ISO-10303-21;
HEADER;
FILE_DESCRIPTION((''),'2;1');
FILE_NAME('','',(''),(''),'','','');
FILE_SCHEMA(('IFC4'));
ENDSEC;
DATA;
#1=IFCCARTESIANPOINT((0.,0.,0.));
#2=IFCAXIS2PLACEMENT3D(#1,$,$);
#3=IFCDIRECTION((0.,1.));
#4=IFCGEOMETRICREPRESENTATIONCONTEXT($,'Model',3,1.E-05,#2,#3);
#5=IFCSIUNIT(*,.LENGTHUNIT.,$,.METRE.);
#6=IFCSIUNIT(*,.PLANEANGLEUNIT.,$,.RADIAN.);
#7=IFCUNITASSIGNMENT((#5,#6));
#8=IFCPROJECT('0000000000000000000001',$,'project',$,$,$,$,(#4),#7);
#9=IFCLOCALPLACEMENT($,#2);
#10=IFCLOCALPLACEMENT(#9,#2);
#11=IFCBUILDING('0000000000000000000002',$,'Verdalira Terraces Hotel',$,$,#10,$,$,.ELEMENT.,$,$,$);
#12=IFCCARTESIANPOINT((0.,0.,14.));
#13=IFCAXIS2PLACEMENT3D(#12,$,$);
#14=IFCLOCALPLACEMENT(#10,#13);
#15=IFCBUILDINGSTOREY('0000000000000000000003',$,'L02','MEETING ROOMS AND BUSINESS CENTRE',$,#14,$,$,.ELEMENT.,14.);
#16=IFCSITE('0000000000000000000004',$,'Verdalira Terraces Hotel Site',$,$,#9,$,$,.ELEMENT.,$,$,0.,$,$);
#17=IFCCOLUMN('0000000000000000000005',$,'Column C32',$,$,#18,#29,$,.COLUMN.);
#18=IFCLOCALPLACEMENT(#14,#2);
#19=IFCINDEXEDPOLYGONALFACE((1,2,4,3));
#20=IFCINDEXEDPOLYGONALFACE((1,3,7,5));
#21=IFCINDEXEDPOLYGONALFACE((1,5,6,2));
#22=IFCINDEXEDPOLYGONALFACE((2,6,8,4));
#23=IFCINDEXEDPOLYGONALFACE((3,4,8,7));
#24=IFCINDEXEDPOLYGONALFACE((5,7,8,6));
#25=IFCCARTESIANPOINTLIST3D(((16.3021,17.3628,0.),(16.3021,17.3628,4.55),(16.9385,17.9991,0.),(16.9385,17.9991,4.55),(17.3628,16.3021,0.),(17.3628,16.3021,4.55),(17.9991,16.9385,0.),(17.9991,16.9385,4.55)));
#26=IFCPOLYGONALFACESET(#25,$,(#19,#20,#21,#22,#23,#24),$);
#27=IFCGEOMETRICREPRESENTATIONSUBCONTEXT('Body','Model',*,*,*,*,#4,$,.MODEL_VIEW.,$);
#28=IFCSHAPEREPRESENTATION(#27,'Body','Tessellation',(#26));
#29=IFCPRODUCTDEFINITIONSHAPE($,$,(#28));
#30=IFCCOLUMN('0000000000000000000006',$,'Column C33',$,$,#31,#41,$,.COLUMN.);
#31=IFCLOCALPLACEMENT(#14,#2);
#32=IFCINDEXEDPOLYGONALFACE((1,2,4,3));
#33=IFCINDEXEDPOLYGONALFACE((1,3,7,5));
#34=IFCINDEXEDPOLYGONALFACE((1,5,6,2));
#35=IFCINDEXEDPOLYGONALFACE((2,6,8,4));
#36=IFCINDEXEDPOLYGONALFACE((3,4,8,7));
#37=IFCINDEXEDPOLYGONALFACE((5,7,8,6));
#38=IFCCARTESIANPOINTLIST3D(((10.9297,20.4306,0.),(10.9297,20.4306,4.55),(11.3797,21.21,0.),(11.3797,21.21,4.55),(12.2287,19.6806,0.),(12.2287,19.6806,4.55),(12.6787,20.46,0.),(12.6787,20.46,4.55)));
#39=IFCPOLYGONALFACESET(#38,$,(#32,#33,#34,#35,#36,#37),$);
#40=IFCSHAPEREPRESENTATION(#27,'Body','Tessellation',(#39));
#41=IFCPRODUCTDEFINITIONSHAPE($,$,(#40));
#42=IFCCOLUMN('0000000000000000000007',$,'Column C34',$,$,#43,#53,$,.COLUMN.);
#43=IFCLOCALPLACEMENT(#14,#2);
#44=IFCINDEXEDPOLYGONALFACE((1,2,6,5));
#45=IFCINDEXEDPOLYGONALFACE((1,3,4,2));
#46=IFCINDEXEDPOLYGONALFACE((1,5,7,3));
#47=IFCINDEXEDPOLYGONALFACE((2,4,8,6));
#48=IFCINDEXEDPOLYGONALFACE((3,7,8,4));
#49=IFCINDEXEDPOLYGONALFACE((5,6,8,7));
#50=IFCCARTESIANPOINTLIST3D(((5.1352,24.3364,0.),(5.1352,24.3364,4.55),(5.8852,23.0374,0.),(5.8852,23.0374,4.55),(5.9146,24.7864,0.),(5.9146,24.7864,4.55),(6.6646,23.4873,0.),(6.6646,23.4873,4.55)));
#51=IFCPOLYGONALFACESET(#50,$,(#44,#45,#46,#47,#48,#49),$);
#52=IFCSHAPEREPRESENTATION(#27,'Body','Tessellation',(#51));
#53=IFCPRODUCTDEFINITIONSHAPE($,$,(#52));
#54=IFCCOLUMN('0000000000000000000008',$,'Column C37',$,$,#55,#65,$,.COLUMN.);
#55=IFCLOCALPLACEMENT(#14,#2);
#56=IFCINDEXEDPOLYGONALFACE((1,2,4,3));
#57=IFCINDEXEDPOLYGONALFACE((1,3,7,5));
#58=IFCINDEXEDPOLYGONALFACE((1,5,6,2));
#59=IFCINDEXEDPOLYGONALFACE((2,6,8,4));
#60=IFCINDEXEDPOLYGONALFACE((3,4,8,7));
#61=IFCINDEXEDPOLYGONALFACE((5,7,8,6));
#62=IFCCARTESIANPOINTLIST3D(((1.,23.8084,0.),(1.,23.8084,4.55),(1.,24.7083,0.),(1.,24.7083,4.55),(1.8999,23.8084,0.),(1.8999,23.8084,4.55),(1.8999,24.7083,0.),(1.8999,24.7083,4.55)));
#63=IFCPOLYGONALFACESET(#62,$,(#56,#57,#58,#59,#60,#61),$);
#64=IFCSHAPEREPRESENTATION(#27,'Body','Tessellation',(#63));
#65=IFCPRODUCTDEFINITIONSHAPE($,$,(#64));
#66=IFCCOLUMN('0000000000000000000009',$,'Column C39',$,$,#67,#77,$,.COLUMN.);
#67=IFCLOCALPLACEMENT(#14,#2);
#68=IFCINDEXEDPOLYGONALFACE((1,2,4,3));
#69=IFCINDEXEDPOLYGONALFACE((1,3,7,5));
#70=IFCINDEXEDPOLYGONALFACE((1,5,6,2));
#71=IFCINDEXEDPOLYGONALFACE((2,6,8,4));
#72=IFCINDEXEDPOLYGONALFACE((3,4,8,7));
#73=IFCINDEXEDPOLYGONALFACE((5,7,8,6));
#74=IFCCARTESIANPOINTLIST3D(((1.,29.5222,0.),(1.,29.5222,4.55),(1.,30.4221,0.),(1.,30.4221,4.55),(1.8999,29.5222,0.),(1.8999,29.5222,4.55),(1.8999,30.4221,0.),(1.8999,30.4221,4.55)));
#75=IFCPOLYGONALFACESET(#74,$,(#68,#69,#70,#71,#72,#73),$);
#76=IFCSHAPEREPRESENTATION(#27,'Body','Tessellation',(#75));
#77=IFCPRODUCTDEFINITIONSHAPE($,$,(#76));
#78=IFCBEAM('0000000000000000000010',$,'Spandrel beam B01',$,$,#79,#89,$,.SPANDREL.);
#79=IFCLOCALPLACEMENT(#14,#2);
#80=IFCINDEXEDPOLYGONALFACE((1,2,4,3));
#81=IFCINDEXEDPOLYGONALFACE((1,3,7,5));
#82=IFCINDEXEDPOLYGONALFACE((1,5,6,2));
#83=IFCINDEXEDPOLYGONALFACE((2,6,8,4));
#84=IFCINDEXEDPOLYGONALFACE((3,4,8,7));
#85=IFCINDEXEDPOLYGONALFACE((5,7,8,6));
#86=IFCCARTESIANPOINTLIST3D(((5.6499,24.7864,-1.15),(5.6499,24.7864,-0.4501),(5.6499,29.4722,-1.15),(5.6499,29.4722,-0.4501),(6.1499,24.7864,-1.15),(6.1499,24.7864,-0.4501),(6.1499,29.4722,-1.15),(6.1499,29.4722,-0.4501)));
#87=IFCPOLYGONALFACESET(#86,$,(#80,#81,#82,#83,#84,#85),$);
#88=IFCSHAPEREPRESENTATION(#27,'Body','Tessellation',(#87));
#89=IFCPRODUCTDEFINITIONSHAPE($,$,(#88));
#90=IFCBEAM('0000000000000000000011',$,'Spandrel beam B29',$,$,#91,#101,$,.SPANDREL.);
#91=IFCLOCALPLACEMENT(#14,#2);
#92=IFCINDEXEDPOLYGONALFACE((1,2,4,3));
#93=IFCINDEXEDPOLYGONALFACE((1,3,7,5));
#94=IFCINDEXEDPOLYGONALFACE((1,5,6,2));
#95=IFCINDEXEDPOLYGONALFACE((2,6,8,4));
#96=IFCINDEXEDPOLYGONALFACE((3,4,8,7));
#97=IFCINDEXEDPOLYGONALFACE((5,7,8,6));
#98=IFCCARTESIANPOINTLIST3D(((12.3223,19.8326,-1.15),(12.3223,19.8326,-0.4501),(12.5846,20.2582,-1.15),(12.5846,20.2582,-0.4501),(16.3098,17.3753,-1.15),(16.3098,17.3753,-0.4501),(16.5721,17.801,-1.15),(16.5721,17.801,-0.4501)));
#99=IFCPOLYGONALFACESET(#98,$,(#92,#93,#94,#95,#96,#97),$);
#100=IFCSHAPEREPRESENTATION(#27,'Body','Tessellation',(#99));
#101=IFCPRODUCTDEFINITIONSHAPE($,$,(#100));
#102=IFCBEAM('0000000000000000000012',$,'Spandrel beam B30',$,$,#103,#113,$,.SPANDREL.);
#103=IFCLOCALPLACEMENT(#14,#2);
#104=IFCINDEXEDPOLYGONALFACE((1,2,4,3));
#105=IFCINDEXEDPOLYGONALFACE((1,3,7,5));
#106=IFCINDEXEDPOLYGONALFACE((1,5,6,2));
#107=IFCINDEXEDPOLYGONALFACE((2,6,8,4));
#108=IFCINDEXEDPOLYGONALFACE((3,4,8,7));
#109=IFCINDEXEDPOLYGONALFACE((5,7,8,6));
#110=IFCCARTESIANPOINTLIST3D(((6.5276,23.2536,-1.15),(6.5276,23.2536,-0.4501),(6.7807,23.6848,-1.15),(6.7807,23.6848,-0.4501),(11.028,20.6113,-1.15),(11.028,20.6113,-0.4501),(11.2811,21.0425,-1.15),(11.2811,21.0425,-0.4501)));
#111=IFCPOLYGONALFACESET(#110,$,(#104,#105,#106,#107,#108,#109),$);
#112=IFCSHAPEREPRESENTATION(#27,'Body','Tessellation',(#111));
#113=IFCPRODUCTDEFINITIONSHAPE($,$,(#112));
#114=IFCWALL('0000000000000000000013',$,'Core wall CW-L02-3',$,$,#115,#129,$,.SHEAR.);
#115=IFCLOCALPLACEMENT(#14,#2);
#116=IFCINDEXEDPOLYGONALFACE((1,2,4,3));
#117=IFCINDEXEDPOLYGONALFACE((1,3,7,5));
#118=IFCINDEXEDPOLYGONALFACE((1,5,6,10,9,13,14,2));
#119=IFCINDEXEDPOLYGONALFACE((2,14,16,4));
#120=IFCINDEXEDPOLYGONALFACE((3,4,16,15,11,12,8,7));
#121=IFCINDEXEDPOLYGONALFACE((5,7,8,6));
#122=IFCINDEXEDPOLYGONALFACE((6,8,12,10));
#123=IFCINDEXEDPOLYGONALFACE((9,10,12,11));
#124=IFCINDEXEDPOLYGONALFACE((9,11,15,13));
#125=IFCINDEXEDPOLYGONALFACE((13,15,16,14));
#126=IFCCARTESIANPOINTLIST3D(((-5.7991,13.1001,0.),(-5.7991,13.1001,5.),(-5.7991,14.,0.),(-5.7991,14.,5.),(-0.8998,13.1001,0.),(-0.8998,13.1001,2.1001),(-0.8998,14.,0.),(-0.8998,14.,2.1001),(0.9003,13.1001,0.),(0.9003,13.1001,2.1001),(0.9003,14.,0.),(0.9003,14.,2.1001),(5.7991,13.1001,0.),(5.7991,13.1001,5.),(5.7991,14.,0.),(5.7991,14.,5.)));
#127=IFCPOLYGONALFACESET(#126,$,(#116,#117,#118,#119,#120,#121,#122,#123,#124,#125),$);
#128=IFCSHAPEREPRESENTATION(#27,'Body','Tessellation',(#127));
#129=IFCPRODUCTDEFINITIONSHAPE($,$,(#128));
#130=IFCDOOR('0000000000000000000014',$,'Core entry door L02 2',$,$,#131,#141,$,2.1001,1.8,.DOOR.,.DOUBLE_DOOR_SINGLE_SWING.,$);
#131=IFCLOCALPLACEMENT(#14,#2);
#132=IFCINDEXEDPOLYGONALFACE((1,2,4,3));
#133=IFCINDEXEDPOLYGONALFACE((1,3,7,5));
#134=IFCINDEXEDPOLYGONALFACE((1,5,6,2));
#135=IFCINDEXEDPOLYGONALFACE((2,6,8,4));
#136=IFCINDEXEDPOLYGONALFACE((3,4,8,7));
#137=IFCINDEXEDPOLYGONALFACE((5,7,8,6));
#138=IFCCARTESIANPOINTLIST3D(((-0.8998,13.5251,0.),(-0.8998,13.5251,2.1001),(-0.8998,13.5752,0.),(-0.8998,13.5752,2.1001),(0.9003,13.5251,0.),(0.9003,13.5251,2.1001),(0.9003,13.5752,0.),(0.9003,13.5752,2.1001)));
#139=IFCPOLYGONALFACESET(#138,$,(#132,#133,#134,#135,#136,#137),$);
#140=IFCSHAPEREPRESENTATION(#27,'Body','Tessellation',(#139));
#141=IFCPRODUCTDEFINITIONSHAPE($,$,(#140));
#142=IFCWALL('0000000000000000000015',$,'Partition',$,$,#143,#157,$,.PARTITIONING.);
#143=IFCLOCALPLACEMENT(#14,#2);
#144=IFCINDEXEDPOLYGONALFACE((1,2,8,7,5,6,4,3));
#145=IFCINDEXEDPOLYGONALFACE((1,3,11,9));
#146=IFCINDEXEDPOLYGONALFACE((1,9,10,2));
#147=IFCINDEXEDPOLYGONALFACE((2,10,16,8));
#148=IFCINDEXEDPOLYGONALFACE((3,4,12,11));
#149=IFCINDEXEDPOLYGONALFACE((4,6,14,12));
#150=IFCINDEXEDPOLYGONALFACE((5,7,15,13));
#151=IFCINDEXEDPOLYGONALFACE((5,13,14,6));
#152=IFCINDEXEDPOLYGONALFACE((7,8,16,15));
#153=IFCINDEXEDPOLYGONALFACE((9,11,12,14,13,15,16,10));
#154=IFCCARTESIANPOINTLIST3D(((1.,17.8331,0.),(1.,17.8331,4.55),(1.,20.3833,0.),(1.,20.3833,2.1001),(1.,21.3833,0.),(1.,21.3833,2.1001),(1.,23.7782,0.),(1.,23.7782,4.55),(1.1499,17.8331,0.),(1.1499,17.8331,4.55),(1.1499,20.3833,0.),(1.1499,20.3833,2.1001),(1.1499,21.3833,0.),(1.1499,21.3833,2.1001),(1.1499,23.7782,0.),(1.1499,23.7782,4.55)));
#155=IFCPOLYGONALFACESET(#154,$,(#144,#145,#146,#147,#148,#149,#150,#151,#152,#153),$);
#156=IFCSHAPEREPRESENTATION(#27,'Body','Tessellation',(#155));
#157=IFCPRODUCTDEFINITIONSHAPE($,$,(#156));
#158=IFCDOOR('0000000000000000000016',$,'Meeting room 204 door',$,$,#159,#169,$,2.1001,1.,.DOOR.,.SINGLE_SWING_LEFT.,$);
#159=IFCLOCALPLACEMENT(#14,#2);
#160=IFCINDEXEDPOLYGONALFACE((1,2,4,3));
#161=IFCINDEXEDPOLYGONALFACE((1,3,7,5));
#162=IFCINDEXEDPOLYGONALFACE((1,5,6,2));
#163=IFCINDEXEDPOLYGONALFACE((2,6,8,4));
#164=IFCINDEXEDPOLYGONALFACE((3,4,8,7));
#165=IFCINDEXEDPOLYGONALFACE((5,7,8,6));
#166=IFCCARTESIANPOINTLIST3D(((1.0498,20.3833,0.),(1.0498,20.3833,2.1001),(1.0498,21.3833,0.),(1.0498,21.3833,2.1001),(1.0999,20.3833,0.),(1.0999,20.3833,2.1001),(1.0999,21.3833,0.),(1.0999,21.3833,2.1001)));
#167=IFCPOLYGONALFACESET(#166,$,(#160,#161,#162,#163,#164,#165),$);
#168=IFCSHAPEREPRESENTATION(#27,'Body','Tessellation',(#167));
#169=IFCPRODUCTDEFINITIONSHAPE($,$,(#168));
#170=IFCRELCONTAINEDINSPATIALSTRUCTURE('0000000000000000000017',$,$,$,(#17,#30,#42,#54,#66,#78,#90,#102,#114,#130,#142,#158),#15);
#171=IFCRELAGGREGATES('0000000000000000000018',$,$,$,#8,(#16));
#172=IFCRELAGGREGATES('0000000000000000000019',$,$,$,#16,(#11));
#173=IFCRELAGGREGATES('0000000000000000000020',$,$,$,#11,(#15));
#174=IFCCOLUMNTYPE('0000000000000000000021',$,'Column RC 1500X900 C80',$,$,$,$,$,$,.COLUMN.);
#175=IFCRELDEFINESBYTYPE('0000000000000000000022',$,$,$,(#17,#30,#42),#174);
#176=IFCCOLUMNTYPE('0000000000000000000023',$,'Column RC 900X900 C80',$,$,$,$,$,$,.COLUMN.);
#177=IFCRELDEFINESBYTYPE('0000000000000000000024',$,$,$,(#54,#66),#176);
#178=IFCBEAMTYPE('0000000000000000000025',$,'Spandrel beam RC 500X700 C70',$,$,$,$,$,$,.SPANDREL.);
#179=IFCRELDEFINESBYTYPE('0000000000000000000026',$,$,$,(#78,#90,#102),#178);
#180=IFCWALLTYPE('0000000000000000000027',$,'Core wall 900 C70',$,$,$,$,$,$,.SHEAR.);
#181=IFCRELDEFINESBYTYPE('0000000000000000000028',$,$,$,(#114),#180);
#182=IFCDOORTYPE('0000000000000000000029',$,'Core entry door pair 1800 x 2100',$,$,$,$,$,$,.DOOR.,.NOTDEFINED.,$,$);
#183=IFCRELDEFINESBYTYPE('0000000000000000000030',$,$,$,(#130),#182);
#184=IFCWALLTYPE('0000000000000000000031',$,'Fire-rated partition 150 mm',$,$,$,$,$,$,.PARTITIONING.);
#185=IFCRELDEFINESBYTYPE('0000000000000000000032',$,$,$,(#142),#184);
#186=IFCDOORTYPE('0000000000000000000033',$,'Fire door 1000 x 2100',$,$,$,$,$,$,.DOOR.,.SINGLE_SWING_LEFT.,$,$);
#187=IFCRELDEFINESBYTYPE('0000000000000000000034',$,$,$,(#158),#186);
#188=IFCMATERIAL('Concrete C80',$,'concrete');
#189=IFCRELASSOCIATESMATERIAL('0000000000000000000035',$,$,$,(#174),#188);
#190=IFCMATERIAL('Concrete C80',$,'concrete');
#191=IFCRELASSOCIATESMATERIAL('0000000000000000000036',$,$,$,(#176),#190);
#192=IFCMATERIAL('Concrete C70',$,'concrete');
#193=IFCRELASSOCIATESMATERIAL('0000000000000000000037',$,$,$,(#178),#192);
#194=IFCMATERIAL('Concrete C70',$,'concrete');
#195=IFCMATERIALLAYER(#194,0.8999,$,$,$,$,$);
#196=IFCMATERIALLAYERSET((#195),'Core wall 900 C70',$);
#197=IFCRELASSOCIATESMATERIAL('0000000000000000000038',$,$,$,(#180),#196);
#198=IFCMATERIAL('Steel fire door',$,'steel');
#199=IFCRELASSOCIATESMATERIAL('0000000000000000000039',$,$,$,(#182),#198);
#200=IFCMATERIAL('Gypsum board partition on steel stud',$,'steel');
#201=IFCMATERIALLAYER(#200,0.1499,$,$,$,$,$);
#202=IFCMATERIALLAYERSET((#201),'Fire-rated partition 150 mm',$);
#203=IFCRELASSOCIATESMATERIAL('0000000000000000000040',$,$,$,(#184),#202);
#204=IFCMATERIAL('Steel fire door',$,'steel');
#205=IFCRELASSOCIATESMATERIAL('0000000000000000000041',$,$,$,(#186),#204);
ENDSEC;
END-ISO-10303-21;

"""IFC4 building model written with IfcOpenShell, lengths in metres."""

from ifc_helpers import new_model, si_unit, direction, frame, frame_2d, origin, origin_2d, place, context, subcontext, project, spatial, rectangle, extrude, material, layer, layer_set, material_profile, profile_set, type_object, element, fill, save


model = new_model("IFC4")

# Units and contexts
model_context = context("Model", 3, precision=1e-05, world=origin(), true_north=direction((0.0, 1.0)))
body_context = subcontext(model_context, "Body", "Model", "MODEL_VIEW")
ifc_project = project(units=[si_unit("LENGTHUNIT", "METRE"), si_unit("PLANEANGLEUNIT", "RADIAN")], contexts=[model_context])

# Site, building, storey
site_placement = place(None, origin())
site = spatial("IfcSite", under=ifc_project, at=site_placement, Name="Verdalira Terraces Hotel Site", CompositionType="ELEMENT", RefElevation=0.0)
building_placement = place(site_placement, origin())
building = spatial("IfcBuilding", under=site, at=building_placement, Name="Verdalira Terraces Hotel", CompositionType="ELEMENT")
storey_placement = place(building_placement, frame((0.0, 0.0, 14.0)))
storey = spatial("IfcBuildingStorey", under=building, at=storey_placement, Name="L02", Description="MEETING ROOMS AND BUSINESS CENTRE", CompositionType="ELEMENT", Elevation=14.0)

# Columns
ifc_material_1 = material(Name="Concrete C80", Category="concrete")
ifc_material_profile_1 = material_profile(ifc_material_1, rectangle(XDim=1.5, YDim=0.8999, at=origin_2d()), Name="RC 1500X900")
ifc_profile_set_1 = profile_set([ifc_material_profile_1], Name="Concrete C80")
column_type_1 = type_object("IfcColumnType", Name="Column RC 1500X900 C80", PredefinedType="COLUMN", material=ifc_profile_set_1)
for number, where, z_axis, x_axis, name in (
    (1, (17.1506, 17.1506, 0.0), (0.0, 0.0, 1.0), (0.707107, -0.707107, 0.0), "Column C32"),
    (2, (11.8042, 20.4453, 0.0), (0.0, 0.0, 1.0), (-0.866025, 0.5, 0.0), "Column C33"),
    (3, (5.8999, 23.9119, 0.0), (0.0, 0.0, 1.0), (0.5, -0.866025, 0.0), "Column C34"),
):
    element("IfcColumn", number, at=place(storey_placement, frame(where, z_axis=z_axis, x_axis=x_axis)), inside=storey, type_object=column_type_1, Name=name, PredefinedType="COLUMN", context=body_context, shape_type="SweptSolid", body=[
        extrude(rectangle(XDim=1.5, YDim=0.8999, at=origin_2d()), origin(), (0.0, 0.0, 1.0), 4.55),
    ])
ifc_material_2 = material(Name="Concrete C80", Category="concrete")
ifc_material_profile_2 = material_profile(ifc_material_2, rectangle(XDim=0.8999, YDim=0.8999, at=origin_2d()), Name="RC 900X900")
ifc_profile_set_2 = profile_set([ifc_material_profile_2], Name="Concrete C80")
column_type_2 = type_object("IfcColumnType", Name="Column RC 900X900 C80", PredefinedType="COLUMN", material=ifc_profile_set_2)
for number, where, z_axis, x_axis, name in (
    (4, (1.45, 24.2583, 0.0), (0.0, 0.0, 1.0), (0.0, 1.0, 0.0), "Column C37"),
    (5, (1.45, 29.9722, 0.0), (0.0, 0.0, 1.0), (0.0, 1.0, 0.0), "Column C39"),
):
    element("IfcColumn", number, at=place(storey_placement, frame(where, z_axis=z_axis, x_axis=x_axis)), inside=storey, type_object=column_type_2, Name=name, PredefinedType="COLUMN", context=body_context, shape_type="SweptSolid", body=[
        extrude(rectangle(XDim=0.8999, YDim=0.8999, at=origin_2d()), origin(), (0.0, 0.0, 1.0), 4.55),
    ])

# Beams
ifc_material_3 = material(Name="Concrete C70", Category="concrete")
ifc_material_profile_3 = material_profile(ifc_material_3, rectangle(XDim=0.5, YDim=0.7, at=origin_2d()), Name="RC 500X700")
ifc_profile_set_3 = profile_set([ifc_material_profile_3], Name="Concrete C70")
beam_type = type_object("IfcBeamType", Name="Spandrel beam RC 500X700 C70", PredefinedType="SPANDREL", material=ifc_profile_set_3)
beam_1_placement = place(storey_placement, frame((5.8999, 24.7864, -0.8), z_axis=(0.0, 1.0, 0.0), x_axis=(-1.0, 0.0, 0.0)))
element("IfcBeam", 6, at=beam_1_placement, inside=storey, type_object=beam_type, Name="Spandrel beam B01", PredefinedType="SPANDREL", context=body_context, shape_type="SweptSolid", body=[
    extrude(rectangle(XDim=0.5, YDim=0.7, at=origin_2d()), origin(), (0.0, 0.0, 1.0), 4.6858),
])
beam_2_placement = place(storey_placement, frame((16.4409, 17.5881, -0.8), z_axis=(-0.851334, 0.524624, 0.0), x_axis=(-0.524624, -0.851334, 0.0)))
element("IfcBeam", 7, at=beam_2_placement, inside=storey, type_object=beam_type, Name="Spandrel beam B29", PredefinedType="SPANDREL", context=body_context, shape_type="SweptSolid", body=[
    extrude(rectangle(XDim=0.5, YDim=0.7, at=origin_2d()), origin(), (0.0, 0.0, 1.0), 4.6838),
])
beam_3_placement = place(storey_placement, frame((11.1545, 20.8269, -0.8), z_axis=(-0.862354, 0.506306, 0.0), x_axis=(-0.506306, -0.862354, 0.0)))
element("IfcBeam", 8, at=beam_3_placement, inside=storey, type_object=beam_type, Name="Spandrel beam B30", PredefinedType="SPANDREL", context=body_context, shape_type="SweptSolid", body=[
    extrude(rectangle(XDim=0.5, YDim=0.7, at=origin_2d()), origin(), (0.0, 0.0, 1.0), 5.2188),
])

# Walls, openings, doors
ifc_material_4 = material(Name="Concrete C70", Category="concrete")
ifc_layer_1 = layer(ifc_material_4, 0.8999)
ifc_layer_set_1 = layer_set([ifc_layer_1], Name="Core wall 900 C70")
wall_type_1 = type_object("IfcWallType", Name="Core wall 900 C70", PredefinedType="SHEAR", material=ifc_layer_set_1)
wall_1_placement = place(storey_placement, frame((5.7991, 13.55, 0.0), z_axis=(0.0, 0.0, 1.0), x_axis=(-1.0, 0.0, 0.0)))
wall_1 = element("IfcWall", 9, at=wall_1_placement, inside=storey, type_object=wall_type_1, Name="Core wall CW-L02-3", PredefinedType="SHEAR", context=body_context, shape_type="SweptSolid", body=[
    extrude(rectangle(XDim=11.5981, YDim=0.8999, at=frame_2d((5.7991, 0.0))), origin(), (0.0, 0.0, 1.0), 5.0),
])
opening_1_placement = place(wall_1_placement, frame((4.8989, 0.0, 0.0)))
opening_1 = element("IfcOpeningElement", 10, at=opening_1_placement, cuts=wall_1, PredefinedType="OPENING", context=body_context, shape_type="SweptSolid", body=[
    extrude(rectangle(XDim=1.8, YDim=2.1001, at=frame_2d((0.8999, 1.05))), frame((0.0, 0.46, 0.0), z_axis=(0.0, -1.0, 0.0), x_axis=(1.0, 0.0, 0.0)), (0.0, 0.0, 1.0), 0.9199),
])
ifc_material_5 = material(Name="Steel fire door", Category="steel")
door_type_1 = type_object("IfcDoorType", Name="Core entry door pair 1800 x 2100", OperationType="NOTDEFINED", PredefinedType="DOOR", material=ifc_material_5)
door_1_placement = place(opening_1_placement, origin())
door_1 = element("IfcDoor", 11, at=door_1_placement, inside=storey, type_object=door_type_1, Name="Core entry door L02 2", OperationType="DOUBLE_DOOR_SINGLE_SWING", OverallHeight=2.1001, OverallWidth=1.8, PredefinedType="DOOR", context=body_context, shape_type="SweptSolid", body=[
    extrude(rectangle(XDim=1.8, YDim=2.1001, at=frame_2d((0.8999, 1.05))), frame((0.0, 0.0249, 0.0), z_axis=(0.0, -1.0, 0.0), x_axis=(1.0, 0.0, 0.0)), (0.0, 0.0, 1.0), 0.05),
])
fill(opening_1, door_1)
ifc_material_6 = material(Name="Gypsum board partition on steel stud", Category="steel")
ifc_layer_2 = layer(ifc_material_6, 0.1499)
ifc_layer_set_2 = layer_set([ifc_layer_2], Name="Fire-rated partition 150 mm")
wall_type_2 = type_object("IfcWallType", Name="Fire-rated partition 150 mm", PredefinedType="PARTITIONING", material=ifc_layer_set_2)
wall_2_placement = place(storey_placement, frame((1.075, 23.7783, 0.0), z_axis=(0.0, 0.0, 1.0), x_axis=(0.0, -1.0, 0.0)))
wall_2 = element("IfcWall", 12, at=wall_2_placement, inside=storey, type_object=wall_type_2, Name="Partition", PredefinedType="PARTITIONING", context=body_context, shape_type="SweptSolid", body=[
    extrude(rectangle(XDim=5.9451, YDim=0.1499, at=frame_2d((2.9727, 0.0))), origin(), (0.0, 0.0, 1.0), 4.55),
])
opening_2_placement = place(wall_2_placement, frame((2.395, 0.0, 0.0)))
opening_2 = element("IfcOpeningElement", 13, at=opening_2_placement, cuts=wall_2, PredefinedType="OPENING", context=body_context, shape_type="SweptSolid", body=[
    extrude(rectangle(XDim=1.0, YDim=2.1001, at=frame_2d((0.5, 1.05))), frame((0.0, 0.085, 0.0), z_axis=(0.0, -1.0, 0.0), x_axis=(1.0, 0.0, 0.0)), (0.0, 0.0, 1.0), 0.1699),
])
ifc_material_7 = material(Name="Steel fire door", Category="steel")
door_type_2 = type_object("IfcDoorType", Name="Fire door 1000 x 2100", OperationType="SINGLE_SWING_LEFT", PredefinedType="DOOR", material=ifc_material_7)
door_2_placement = place(opening_2_placement, origin())
door_2 = element("IfcDoor", 14, at=door_2_placement, inside=storey, type_object=door_type_2, Name="Meeting room 204 door", OperationType="SINGLE_SWING_LEFT", OverallHeight=2.1001, OverallWidth=1.0, PredefinedType="DOOR", context=body_context, shape_type="SweptSolid", body=[
    extrude(rectangle(XDim=1.0, YDim=2.1001, at=frame_2d((0.5, 1.05))), frame((0.0, 0.0249, 0.0), z_axis=(0.0, -1.0, 0.0), x_axis=(1.0, 0.0, 0.0)), (0.0, 0.0, 1.0), 0.05),
])
fill(opening_2, door_2)

save(model, "model.ifc")
